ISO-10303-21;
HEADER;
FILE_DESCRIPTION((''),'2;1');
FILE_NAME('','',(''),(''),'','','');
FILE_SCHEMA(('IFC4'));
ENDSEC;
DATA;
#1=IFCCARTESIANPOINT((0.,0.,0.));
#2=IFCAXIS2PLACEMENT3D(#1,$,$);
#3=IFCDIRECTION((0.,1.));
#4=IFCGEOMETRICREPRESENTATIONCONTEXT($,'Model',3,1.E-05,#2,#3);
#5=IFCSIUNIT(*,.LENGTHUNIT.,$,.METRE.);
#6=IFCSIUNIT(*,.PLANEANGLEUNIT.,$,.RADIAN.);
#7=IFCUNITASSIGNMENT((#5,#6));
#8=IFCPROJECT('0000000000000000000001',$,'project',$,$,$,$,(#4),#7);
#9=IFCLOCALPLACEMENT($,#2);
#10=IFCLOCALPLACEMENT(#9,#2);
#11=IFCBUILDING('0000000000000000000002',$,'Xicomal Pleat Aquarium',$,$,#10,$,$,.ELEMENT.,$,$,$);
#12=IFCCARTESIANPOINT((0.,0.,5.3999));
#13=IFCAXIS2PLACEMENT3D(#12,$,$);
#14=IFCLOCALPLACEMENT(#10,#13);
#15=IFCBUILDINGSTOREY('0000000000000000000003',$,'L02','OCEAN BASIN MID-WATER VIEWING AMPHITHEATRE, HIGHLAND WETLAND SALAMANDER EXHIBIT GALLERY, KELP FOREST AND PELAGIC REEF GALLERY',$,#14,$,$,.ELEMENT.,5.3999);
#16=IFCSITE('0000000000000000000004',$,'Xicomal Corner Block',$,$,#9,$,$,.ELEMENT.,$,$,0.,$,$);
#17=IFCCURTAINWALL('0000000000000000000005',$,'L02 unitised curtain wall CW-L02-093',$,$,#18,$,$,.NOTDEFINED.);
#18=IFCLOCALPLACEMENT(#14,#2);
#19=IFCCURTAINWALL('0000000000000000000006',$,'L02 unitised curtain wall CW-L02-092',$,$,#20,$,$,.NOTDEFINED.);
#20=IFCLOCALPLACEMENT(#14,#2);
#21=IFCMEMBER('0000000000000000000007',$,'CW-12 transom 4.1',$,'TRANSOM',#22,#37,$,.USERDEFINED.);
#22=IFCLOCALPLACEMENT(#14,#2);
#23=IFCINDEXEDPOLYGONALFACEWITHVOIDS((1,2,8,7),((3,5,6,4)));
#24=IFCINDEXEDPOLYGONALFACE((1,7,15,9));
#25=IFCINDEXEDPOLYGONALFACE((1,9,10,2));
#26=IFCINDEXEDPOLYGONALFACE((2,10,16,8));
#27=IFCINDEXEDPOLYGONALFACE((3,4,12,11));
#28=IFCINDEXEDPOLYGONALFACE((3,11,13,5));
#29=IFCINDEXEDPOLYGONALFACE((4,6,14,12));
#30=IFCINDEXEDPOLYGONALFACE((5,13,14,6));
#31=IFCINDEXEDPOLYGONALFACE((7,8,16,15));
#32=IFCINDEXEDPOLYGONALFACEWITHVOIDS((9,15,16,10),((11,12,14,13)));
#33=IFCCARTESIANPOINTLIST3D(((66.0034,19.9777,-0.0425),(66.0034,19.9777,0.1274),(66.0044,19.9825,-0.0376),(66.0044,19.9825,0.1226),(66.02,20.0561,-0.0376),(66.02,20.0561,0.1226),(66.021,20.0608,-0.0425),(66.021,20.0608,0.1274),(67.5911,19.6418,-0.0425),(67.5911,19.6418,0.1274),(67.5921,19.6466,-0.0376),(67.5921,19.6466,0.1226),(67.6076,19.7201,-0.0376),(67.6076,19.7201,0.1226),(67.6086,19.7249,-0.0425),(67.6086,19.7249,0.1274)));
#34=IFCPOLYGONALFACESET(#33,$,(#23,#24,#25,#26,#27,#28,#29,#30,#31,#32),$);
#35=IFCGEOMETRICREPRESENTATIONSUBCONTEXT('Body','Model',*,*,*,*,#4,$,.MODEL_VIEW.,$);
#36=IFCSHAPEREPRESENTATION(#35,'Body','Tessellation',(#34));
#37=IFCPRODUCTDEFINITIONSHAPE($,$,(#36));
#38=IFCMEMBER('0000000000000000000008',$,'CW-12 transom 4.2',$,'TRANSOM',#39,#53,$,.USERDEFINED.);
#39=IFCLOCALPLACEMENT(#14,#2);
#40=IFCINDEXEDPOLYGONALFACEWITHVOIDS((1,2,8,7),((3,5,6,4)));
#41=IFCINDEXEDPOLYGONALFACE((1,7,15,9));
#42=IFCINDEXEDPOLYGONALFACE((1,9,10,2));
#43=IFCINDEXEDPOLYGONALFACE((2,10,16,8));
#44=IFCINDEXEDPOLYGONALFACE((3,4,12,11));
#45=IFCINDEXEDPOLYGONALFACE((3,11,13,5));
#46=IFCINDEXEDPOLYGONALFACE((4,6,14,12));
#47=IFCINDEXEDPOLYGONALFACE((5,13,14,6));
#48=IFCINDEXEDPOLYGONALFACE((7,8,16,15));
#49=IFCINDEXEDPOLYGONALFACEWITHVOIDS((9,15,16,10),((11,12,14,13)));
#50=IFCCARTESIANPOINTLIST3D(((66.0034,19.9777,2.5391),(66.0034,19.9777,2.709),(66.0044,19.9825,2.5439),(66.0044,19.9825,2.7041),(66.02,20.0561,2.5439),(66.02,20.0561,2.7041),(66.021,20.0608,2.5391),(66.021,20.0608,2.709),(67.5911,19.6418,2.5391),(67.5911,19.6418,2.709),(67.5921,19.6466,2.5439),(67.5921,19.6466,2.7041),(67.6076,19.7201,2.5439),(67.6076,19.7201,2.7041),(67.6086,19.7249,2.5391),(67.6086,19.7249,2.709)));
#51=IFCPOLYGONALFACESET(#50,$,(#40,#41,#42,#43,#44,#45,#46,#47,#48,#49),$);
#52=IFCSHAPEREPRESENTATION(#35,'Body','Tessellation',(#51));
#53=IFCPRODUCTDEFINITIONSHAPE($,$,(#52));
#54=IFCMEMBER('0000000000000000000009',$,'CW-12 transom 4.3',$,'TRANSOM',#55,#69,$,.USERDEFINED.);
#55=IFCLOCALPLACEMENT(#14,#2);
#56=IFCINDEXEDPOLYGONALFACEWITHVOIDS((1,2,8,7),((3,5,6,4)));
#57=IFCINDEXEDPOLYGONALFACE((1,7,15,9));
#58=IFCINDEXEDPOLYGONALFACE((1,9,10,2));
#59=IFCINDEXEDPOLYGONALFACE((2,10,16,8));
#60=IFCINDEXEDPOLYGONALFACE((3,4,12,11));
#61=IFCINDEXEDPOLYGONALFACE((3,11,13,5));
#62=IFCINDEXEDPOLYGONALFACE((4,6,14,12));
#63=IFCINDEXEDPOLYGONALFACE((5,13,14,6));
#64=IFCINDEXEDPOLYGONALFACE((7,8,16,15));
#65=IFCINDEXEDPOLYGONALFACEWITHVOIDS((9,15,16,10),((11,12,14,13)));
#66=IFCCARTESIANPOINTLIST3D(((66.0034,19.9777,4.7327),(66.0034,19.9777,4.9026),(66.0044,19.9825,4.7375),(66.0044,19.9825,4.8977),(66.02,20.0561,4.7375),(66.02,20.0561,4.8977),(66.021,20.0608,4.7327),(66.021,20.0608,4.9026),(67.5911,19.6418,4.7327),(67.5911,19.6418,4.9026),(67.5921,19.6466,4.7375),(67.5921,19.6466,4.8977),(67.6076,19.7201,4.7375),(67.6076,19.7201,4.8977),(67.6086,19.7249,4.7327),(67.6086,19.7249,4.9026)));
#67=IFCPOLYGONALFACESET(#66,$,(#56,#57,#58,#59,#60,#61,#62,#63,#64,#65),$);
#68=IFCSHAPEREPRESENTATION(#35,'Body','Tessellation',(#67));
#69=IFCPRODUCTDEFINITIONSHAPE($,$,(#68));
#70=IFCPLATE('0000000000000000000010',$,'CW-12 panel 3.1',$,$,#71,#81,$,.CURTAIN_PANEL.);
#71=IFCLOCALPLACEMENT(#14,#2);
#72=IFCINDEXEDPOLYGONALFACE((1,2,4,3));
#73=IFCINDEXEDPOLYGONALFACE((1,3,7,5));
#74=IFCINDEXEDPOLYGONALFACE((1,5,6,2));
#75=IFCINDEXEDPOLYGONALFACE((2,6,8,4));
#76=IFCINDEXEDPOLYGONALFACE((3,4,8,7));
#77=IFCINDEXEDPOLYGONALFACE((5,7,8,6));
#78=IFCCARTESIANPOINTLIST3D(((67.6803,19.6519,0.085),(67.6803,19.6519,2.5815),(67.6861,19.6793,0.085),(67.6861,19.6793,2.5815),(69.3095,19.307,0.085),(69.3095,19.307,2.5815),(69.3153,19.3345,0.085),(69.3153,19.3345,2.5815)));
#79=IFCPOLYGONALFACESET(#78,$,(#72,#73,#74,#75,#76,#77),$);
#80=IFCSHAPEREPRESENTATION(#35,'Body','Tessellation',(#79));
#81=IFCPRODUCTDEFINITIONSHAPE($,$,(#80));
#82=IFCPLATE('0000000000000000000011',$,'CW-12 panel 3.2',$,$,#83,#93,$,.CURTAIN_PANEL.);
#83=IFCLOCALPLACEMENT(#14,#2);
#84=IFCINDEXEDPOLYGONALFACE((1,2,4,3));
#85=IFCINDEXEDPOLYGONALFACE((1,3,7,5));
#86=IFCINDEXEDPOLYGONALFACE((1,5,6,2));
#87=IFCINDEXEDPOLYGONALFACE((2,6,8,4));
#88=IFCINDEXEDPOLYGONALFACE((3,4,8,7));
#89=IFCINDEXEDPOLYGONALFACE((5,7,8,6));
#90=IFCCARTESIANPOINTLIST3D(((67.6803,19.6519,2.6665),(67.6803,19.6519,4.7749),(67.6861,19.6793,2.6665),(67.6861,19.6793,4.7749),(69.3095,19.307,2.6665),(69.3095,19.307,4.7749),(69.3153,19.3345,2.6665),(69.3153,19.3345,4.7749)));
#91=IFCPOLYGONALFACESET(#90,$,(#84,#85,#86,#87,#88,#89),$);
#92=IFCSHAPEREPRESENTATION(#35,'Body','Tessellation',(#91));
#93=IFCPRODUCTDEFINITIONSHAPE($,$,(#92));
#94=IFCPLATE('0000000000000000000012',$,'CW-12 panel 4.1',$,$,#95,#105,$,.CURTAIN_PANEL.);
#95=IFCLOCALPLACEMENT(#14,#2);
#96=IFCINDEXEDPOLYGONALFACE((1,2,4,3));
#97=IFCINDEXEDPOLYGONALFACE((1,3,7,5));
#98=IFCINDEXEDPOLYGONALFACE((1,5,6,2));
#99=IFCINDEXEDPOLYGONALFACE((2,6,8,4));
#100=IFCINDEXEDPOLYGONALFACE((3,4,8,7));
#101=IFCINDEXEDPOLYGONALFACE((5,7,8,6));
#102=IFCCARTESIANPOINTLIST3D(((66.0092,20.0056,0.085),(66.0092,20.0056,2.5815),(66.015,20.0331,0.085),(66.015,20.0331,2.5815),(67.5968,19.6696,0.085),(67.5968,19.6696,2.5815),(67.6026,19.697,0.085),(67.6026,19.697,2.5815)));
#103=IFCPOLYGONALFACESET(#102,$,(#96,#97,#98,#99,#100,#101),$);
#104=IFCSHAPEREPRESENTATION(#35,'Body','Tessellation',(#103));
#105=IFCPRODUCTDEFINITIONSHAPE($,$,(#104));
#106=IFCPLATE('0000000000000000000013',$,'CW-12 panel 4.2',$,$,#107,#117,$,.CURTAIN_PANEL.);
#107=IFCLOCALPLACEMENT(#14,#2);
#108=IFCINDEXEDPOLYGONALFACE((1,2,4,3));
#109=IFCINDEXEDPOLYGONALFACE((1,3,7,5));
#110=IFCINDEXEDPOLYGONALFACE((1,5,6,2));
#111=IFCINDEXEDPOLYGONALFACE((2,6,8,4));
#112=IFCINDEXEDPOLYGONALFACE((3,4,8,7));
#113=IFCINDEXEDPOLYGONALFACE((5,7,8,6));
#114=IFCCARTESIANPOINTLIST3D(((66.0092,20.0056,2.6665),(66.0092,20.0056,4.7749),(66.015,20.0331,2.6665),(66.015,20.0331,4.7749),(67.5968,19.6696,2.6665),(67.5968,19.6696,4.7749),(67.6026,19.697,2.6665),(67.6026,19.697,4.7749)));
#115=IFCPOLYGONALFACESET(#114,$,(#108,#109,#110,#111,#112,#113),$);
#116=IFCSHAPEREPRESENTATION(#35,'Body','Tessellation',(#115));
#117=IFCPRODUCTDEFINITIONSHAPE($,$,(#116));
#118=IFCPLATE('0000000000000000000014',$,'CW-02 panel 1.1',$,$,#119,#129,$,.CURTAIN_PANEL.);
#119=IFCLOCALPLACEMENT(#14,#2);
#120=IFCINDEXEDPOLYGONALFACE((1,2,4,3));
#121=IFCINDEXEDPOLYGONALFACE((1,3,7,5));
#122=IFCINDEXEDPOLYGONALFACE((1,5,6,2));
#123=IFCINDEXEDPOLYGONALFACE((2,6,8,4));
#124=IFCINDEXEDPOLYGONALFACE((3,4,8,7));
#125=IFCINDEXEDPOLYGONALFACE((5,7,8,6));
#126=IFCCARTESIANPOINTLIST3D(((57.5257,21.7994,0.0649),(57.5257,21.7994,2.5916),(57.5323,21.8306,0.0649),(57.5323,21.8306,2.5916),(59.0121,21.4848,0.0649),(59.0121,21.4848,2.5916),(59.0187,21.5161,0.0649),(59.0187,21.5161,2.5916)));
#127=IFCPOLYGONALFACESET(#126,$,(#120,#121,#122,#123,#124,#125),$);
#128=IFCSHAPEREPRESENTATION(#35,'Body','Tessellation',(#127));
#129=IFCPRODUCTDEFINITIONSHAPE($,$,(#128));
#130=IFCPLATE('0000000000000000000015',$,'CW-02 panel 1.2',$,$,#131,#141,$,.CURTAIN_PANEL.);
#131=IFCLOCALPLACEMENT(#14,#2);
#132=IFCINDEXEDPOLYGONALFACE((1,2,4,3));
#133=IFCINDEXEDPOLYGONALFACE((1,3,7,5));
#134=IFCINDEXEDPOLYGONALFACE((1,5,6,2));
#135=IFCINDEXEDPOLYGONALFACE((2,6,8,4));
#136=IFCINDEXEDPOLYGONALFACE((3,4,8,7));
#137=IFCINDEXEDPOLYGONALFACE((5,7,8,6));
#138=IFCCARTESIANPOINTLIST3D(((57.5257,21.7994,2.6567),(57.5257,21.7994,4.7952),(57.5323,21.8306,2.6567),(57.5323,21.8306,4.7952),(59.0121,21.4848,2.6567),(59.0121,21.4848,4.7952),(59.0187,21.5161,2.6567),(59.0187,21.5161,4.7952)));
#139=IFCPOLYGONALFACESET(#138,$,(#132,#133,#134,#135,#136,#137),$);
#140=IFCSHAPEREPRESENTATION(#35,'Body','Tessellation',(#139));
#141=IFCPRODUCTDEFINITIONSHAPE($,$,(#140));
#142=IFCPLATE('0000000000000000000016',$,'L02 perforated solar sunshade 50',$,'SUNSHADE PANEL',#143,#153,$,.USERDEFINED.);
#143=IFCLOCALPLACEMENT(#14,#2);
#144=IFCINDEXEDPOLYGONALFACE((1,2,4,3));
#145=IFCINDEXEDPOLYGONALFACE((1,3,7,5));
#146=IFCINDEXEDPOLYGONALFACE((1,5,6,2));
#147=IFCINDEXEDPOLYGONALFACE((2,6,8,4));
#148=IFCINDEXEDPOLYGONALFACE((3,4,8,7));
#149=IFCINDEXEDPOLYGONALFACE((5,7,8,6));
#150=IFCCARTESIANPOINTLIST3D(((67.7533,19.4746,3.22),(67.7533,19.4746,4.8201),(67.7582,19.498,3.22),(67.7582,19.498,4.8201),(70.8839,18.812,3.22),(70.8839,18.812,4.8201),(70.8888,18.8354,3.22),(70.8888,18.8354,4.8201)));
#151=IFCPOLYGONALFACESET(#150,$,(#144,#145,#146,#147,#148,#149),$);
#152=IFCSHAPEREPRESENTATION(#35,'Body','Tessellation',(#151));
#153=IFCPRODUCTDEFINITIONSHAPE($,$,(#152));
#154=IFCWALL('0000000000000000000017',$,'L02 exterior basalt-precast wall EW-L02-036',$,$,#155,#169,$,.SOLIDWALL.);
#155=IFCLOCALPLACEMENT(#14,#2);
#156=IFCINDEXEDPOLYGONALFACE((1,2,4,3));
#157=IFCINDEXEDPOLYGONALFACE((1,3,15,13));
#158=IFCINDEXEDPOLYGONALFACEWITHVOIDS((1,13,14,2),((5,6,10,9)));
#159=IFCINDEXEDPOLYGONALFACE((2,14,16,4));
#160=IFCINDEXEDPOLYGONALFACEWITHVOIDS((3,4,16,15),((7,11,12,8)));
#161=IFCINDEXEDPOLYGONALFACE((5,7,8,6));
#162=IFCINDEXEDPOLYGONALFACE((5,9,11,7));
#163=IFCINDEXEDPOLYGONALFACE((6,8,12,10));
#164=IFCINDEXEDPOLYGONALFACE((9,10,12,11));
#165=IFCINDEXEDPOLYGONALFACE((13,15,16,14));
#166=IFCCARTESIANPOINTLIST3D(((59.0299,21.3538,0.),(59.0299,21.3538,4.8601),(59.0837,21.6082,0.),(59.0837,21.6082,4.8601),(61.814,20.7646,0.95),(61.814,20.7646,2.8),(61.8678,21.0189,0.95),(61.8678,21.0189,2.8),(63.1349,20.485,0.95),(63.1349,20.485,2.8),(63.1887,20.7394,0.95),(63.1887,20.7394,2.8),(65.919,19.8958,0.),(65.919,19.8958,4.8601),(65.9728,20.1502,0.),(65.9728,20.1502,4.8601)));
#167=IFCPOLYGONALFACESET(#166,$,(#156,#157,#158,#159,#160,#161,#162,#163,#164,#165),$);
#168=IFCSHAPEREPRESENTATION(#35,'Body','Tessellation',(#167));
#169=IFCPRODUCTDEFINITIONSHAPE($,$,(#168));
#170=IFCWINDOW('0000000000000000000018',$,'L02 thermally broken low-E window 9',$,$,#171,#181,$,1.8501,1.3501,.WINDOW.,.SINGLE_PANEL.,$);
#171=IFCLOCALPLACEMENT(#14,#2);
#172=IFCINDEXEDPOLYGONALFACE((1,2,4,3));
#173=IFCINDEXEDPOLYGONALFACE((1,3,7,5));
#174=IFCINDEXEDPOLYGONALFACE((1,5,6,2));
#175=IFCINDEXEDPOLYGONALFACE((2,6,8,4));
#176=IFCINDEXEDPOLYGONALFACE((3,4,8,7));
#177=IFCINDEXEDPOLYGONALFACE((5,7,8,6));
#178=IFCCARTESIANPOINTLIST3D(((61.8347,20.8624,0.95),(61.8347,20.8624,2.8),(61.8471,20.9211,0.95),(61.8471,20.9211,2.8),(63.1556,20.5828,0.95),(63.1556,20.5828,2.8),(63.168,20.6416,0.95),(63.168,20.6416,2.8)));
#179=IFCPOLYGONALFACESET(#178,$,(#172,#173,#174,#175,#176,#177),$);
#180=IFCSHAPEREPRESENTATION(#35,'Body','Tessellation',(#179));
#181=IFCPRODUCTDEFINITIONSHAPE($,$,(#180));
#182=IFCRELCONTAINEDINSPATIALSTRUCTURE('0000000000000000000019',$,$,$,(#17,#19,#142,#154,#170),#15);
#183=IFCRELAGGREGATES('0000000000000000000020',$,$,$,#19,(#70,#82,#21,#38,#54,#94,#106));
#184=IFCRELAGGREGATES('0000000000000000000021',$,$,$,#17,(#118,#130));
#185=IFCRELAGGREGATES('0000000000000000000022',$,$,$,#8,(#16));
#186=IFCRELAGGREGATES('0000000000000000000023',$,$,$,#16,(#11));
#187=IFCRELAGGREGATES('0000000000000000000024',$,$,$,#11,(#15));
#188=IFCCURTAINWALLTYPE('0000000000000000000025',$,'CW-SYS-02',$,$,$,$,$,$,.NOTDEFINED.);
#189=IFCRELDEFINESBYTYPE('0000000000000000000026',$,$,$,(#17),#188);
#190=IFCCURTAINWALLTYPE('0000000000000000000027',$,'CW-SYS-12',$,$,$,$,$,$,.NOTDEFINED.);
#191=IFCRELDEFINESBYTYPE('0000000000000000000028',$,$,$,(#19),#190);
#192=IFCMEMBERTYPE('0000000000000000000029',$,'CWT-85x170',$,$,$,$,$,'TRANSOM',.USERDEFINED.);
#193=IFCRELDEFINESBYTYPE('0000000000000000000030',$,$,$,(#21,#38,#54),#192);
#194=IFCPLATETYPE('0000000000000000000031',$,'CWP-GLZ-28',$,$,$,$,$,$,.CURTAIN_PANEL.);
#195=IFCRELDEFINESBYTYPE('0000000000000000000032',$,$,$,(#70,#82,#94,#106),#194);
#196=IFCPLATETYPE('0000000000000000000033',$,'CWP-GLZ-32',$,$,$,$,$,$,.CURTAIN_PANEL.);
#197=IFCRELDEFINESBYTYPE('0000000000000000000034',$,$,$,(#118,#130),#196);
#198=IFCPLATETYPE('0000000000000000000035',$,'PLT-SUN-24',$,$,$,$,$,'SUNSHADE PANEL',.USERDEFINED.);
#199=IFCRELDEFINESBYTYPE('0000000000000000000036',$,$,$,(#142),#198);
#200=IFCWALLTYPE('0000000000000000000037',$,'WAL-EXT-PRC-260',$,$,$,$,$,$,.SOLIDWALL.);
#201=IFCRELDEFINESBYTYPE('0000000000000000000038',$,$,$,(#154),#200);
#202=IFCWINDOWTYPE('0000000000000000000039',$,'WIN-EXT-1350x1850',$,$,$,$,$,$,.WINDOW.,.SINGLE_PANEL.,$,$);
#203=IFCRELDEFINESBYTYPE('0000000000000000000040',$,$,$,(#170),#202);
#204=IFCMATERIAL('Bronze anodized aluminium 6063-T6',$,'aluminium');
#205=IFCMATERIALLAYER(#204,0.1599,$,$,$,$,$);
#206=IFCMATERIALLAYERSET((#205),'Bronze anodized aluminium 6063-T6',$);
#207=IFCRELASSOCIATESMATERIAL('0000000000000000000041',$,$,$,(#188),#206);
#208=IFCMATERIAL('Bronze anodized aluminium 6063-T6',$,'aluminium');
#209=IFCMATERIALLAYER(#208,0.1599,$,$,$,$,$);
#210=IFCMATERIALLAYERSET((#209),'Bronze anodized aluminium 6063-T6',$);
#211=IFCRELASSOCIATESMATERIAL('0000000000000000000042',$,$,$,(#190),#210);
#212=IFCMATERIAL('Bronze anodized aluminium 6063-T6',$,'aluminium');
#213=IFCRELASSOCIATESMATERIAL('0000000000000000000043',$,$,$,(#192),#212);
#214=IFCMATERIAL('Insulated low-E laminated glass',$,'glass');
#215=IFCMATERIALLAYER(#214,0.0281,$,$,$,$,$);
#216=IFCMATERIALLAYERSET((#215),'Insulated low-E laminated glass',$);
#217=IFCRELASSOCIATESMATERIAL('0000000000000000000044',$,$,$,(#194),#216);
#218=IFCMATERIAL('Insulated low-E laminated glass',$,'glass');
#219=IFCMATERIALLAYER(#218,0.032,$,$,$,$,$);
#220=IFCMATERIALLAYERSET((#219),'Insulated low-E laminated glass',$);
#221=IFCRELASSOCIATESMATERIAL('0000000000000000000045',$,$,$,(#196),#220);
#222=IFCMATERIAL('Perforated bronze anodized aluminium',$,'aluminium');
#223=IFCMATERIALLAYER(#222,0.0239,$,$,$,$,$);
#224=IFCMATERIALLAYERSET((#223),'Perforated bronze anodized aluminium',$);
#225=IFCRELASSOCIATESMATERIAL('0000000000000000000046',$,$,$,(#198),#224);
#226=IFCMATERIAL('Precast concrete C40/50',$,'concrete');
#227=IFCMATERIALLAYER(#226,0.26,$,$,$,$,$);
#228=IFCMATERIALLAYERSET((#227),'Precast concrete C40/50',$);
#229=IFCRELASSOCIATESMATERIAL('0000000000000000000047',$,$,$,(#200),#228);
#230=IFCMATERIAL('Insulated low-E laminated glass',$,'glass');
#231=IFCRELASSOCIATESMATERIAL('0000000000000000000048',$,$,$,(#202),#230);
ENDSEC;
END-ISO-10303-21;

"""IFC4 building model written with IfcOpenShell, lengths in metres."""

from ifc_helpers import new_model, si_unit, direction, frame, frame_2d, origin, origin_2d, place, context, subcontext, project, spatial, rectangle, hollow_rectangle, extrude, material, layer, layer_set, material_profile, profile_set, type_object, element, fill, aggregate, save


model = new_model("IFC4")

# Units and contexts
model_context = context("Model", 3, precision=1e-05, world=origin(), true_north=direction((0.0, 1.0)))
body_context = subcontext(model_context, "Body", "Model", "MODEL_VIEW")
ifc_project = project(units=[si_unit("LENGTHUNIT", "METRE"), si_unit("PLANEANGLEUNIT", "RADIAN")], contexts=[model_context])

# Site, building, storey
site_placement = place(None, origin())
site = spatial("IfcSite", under=ifc_project, at=site_placement, Name="Xicomal Corner Block", CompositionType="ELEMENT", RefElevation=0.0)
building_placement = place(site_placement, origin())
building = spatial("IfcBuilding", under=site, at=building_placement, Name="Xicomal Pleat Aquarium", CompositionType="ELEMENT")
storey_placement = place(building_placement, frame((0.0, 0.0, 5.3999)))
storey = spatial("IfcBuildingStorey", under=building, at=storey_placement, Name="L02", Description="OCEAN BASIN MID-WATER VIEWING AMPHITHEATRE, HIGHLAND WETLAND SALAMANDER EXHIBIT GALLERY, KELP FOREST AND PELAGIC REEF GALLERY", CompositionType="ELEMENT", Elevation=5.3999)

# Curtain walls
ifc_material_1 = material(Name="Bronze anodized aluminium 6063-T6", Category="aluminium")
ifc_layer_1 = layer(ifc_material_1, 0.1599)
ifc_layer_set_1 = layer_set([ifc_layer_1], Name="Bronze anodized aluminium 6063-T6")
curtain_wall_type_1 = type_object("IfcCurtainWallType", Name="CW-SYS-02", PredefinedType="NOTDEFINED", material=ifc_layer_set_1)
curtain_wall_1_placement = place(storey_placement, origin())
curtain_wall_1 = element("IfcCurtainWall", 1, at=curtain_wall_1_placement, inside=storey, type_object=curtain_wall_type_1, Name="L02 unitised curtain wall CW-L02-093", PredefinedType="NOTDEFINED")
ifc_material_2 = material(Name="Bronze anodized aluminium 6063-T6", Category="aluminium")
ifc_layer_2 = layer(ifc_material_2, 0.1599)
ifc_layer_set_2 = layer_set([ifc_layer_2], Name="Bronze anodized aluminium 6063-T6")
curtain_wall_type_2 = type_object("IfcCurtainWallType", Name="CW-SYS-12", PredefinedType="NOTDEFINED", material=ifc_layer_set_2)
curtain_wall_2_placement = place(storey_placement, origin())
curtain_wall_2 = element("IfcCurtainWall", 2, at=curtain_wall_2_placement, inside=storey, type_object=curtain_wall_type_2, Name="L02 unitised curtain wall CW-L02-092", PredefinedType="NOTDEFINED")

# Members
ifc_material_3 = material(Name="Bronze anodized aluminium 6063-T6", Category="aluminium")
ifc_material_profile_1 = material_profile(ifc_material_3, hollow_rectangle(XDim=0.085, YDim=0.1699, WallThickness=0.0049, at=origin_2d()), Name="ALU TRAN 85x170")
ifc_profile_set_1 = profile_set([ifc_material_profile_1], Name="Bronze anodized aluminium 6063-T6")
member_type_1 = type_object("IfcMemberType", Name="CWT-85x170", ElementType="TRANSOM", PredefinedType="USERDEFINED", material=ifc_profile_set_1)
member_1_placement = place(storey_placement, frame((67.5999, 19.6833, 0.0425), z_axis=(-0.978339, 0.207011, 0.0), x_axis=(-0.207011, -0.978339, 0.0)))
member_1 = element("IfcMember", 3, at=member_1_placement, type_object=member_type_1, Name="CW-12 transom 4.1", ObjectType="TRANSOM", PredefinedType="USERDEFINED", context=body_context, shape_type="SweptSolid", body=[
    extrude(hollow_rectangle(XDim=0.085, YDim=0.1699, WallThickness=0.0049, at=origin_2d()), origin(), (0.0, 0.0, 1.0), 1.6228),
])
member_2_placement = place(storey_placement, frame((67.5999, 19.6833, 2.624), z_axis=(-0.978339, 0.207011, 0.0), x_axis=(-0.207011, -0.978339, 0.0)))
member_2 = element("IfcMember", 4, at=member_2_placement, type_object=member_type_1, Name="CW-12 transom 4.2", ObjectType="TRANSOM", PredefinedType="USERDEFINED", context=body_context, shape_type="SweptSolid", body=[
    extrude(hollow_rectangle(XDim=0.085, YDim=0.1699, WallThickness=0.0049, at=origin_2d()), origin(), (0.0, 0.0, 1.0), 1.6228),
])
member_3_placement = place(storey_placement, frame((67.5999, 19.6833, 4.8176), z_axis=(-0.978339, 0.207011, 0.0), x_axis=(-0.207011, -0.978339, 0.0)))
member_3 = element("IfcMember", 5, at=member_3_placement, type_object=member_type_1, Name="CW-12 transom 4.3", ObjectType="TRANSOM", PredefinedType="USERDEFINED", context=body_context, shape_type="SweptSolid", body=[
    extrude(hollow_rectangle(XDim=0.085, YDim=0.1699, WallThickness=0.0049, at=origin_2d()), origin(), (0.0, 0.0, 1.0), 1.6228),
])

# Plates
ifc_material_4 = material(Name="Insulated low-E laminated glass", Category="glass")
ifc_layer_3 = layer(ifc_material_4, 0.0281)
ifc_layer_set_3 = layer_set([ifc_layer_3], Name="Insulated low-E laminated glass")
plate_type_1 = type_object("IfcPlateType", Name="CWP-GLZ-28", PredefinedType="CURTAIN_PANEL", material=ifc_layer_set_3)
plate_1_placement = place(storey_placement, frame((68.4978, 19.4932, 0.085), z_axis=(0.0, 0.0, 1.0), x_axis=(-0.978322, 0.20709, 0.0)))
plate_1 = element("IfcPlate", 6, at=plate_1_placement, type_object=plate_type_1, Name="CW-12 panel 3.1", PredefinedType="CURTAIN_PANEL", context=body_context, shape_type="SweptSolid", body=[
    extrude(rectangle(XDim=1.6653, YDim=0.0281, at=origin_2d()), origin(), (0.0, 0.0, 1.0), 2.4966),
])
plate_2_placement = place(storey_placement, frame((68.4978, 19.4932, 2.6665), z_axis=(0.0, 0.0, 1.0), x_axis=(-0.978322, 0.20709, 0.0)))
plate_2 = element("IfcPlate", 7, at=plate_2_placement, type_object=plate_type_1, Name="CW-12 panel 3.2", PredefinedType="CURTAIN_PANEL", context=body_context, shape_type="SweptSolid", body=[
    extrude(rectangle(XDim=1.6653, YDim=0.0281, at=origin_2d()), origin(), (0.0, 0.0, 1.0), 2.1084),
])
plate_3_placement = place(storey_placement, frame((66.8059, 19.8513, 0.085), z_axis=(0.0, 0.0, 1.0), x_axis=(-0.978322, 0.20709, 0.0)))
plate_3 = element("IfcPlate", 8, at=plate_3_placement, type_object=plate_type_1, Name="CW-12 panel 4.1", PredefinedType="CURTAIN_PANEL", context=body_context, shape_type="SweptSolid", body=[
    extrude(rectangle(XDim=1.6228, YDim=0.0281, at=origin_2d()), origin(), (0.0, 0.0, 1.0), 2.4966),
])
plate_4_placement = place(storey_placement, frame((66.8059, 19.8513, 2.6665), z_axis=(0.0, 0.0, 1.0), x_axis=(-0.978322, 0.20709, 0.0)))
plate_4 = element("IfcPlate", 9, at=plate_4_placement, type_object=plate_type_1, Name="CW-12 panel 4.2", PredefinedType="CURTAIN_PANEL", context=body_context, shape_type="SweptSolid", body=[
    extrude(rectangle(XDim=1.6228, YDim=0.0281, at=origin_2d()), origin(), (0.0, 0.0, 1.0), 2.1084),
])
aggregate(curtain_wall_2, [plate_1, plate_2, member_1, member_2, member_3, plate_3, plate_4])
ifc_material_5 = material(Name="Insulated low-E laminated glass", Category="glass")
ifc_layer_4 = layer(ifc_material_5, 0.032)
ifc_layer_set_4 = layer_set([ifc_layer_4], Name="Insulated low-E laminated glass")
plate_type_2 = type_object("IfcPlateType", Name="CWP-GLZ-32", PredefinedType="CURTAIN_PANEL", material=ifc_layer_set_4)
plate_5_placement = place(storey_placement, frame((58.2722, 21.6577, 0.0649), z_axis=(0.0, 0.0, 1.0), x_axis=(-0.978331, 0.207047, 0.0)))
plate_5 = element("IfcPlate", 10, at=plate_5_placement, type_object=plate_type_2, Name="CW-02 panel 1.1", PredefinedType="CURTAIN_PANEL", context=body_context, shape_type="SweptSolid", body=[
    extrude(rectangle(XDim=1.5193, YDim=0.032, at=origin_2d()), origin(), (0.0, 0.0, 1.0), 2.5266),
])
plate_6_placement = place(storey_placement, frame((58.2722, 21.6577, 2.6567), z_axis=(0.0, 0.0, 1.0), x_axis=(-0.978331, 0.207047, 0.0)))
plate_6 = element("IfcPlate", 11, at=plate_6_placement, type_object=plate_type_2, Name="CW-02 panel 1.2", PredefinedType="CURTAIN_PANEL", context=body_context, shape_type="SweptSolid", body=[
    extrude(rectangle(XDim=1.5193, YDim=0.032, at=origin_2d()), origin(), (0.0, 0.0, 1.0), 2.1384),
])
aggregate(curtain_wall_1, [plate_5, plate_6])
ifc_material_6 = material(Name="Perforated bronze anodized aluminium", Category="aluminium")
ifc_layer_5 = layer(ifc_material_6, 0.0239)
ifc_layer_set_5 = layer_set([ifc_layer_5], Name="Perforated bronze anodized aluminium")
plate_type_3 = type_object("IfcPlateType", Name="PLT-SUN-24", ElementType="SUNSHADE PANEL", PredefinedType="USERDEFINED", material=ifc_layer_set_5)
plate_7_placement = place(storey_placement, frame((69.321, 19.155, 3.22), z_axis=(0.0, 0.0, 1.0), x_axis=(-0.978329, 0.207058, 0.0)))
element("IfcPlate", 12, at=plate_7_placement, inside=storey, type_object=plate_type_3, Name="L02 perforated solar sunshade 50", ObjectType="SUNSHADE PANEL", PredefinedType="USERDEFINED", context=body_context, shape_type="SweptSolid", body=[
    extrude(rectangle(XDim=3.2, YDim=0.0239, at=origin_2d()), origin(), (0.0, 0.0, 1.0), 1.6001),
])

# Wall, opening, window
ifc_material_7 = material(Name="Precast concrete C40/50", Category="concrete")
ifc_layer_6 = layer(ifc_material_7, 0.26)
ifc_layer_set_6 = layer_set([ifc_layer_6], Name="Precast concrete C40/50")
wall_type = type_object("IfcWallType", Name="WAL-EXT-PRC-260", PredefinedType="SOLIDWALL", material=ifc_layer_set_6)
wall_placement = place(storey_placement, frame((65.946, 20.0229, 0.0), z_axis=(0.0, 0.0, 1.0), x_axis=(-0.97833, 0.207052, 0.0)))
wall = element("IfcWall", 13, at=wall_placement, inside=storey, type_object=wall_type, Name="L02 exterior basalt-precast wall EW-L02-036", PredefinedType="SOLIDWALL", context=body_context, shape_type="SweptSolid", body=[
    extrude(rectangle(XDim=7.0417, YDim=0.26, at=frame_2d((3.521, 0.0))), origin(), (0.0, 0.0, 1.0), 4.8601),
])
opening_placement = place(wall_placement, frame((2.8459, 0.0, 0.95)))
opening = element("IfcOpeningElement", 14, at=opening_placement, cuts=wall, PredefinedType="OPENING", context=body_context, shape_type="SweptSolid", body=[
    extrude(rectangle(XDim=1.3501, YDim=1.8501, at=frame_2d((0.675, 0.925))), frame((0.0, 0.1399, 0.0), z_axis=(0.0, -1.0, 0.0), x_axis=(1.0, 0.0, 0.0)), (0.0, 0.0, 1.0), 0.28),
])
ifc_material_8 = material(Name="Insulated low-E laminated glass", Category="glass")
window_type = type_object("IfcWindowType", Name="WIN-EXT-1350x1850", PartitioningType="SINGLE_PANEL", PredefinedType="WINDOW", material=ifc_material_8)
window_placement = place(opening_placement, origin())
window = element("IfcWindow", 15, at=window_placement, inside=storey, type_object=window_type, Name="L02 thermally broken low-E window 9", OverallHeight=1.8501, OverallWidth=1.3501, PartitioningType="SINGLE_PANEL", PredefinedType="WINDOW", context=body_context, shape_type="SweptSolid", body=[
    extrude(rectangle(XDim=1.3501, YDim=1.8501, at=frame_2d((0.675, 0.925))), frame((0.0, 0.03, 0.0), z_axis=(0.0, -1.0, 0.0), x_axis=(1.0, 0.0, 0.0)), (0.0, 0.0, 1.0), 0.0601),
])
fill(opening, window)

save(model, "model.ifc")
